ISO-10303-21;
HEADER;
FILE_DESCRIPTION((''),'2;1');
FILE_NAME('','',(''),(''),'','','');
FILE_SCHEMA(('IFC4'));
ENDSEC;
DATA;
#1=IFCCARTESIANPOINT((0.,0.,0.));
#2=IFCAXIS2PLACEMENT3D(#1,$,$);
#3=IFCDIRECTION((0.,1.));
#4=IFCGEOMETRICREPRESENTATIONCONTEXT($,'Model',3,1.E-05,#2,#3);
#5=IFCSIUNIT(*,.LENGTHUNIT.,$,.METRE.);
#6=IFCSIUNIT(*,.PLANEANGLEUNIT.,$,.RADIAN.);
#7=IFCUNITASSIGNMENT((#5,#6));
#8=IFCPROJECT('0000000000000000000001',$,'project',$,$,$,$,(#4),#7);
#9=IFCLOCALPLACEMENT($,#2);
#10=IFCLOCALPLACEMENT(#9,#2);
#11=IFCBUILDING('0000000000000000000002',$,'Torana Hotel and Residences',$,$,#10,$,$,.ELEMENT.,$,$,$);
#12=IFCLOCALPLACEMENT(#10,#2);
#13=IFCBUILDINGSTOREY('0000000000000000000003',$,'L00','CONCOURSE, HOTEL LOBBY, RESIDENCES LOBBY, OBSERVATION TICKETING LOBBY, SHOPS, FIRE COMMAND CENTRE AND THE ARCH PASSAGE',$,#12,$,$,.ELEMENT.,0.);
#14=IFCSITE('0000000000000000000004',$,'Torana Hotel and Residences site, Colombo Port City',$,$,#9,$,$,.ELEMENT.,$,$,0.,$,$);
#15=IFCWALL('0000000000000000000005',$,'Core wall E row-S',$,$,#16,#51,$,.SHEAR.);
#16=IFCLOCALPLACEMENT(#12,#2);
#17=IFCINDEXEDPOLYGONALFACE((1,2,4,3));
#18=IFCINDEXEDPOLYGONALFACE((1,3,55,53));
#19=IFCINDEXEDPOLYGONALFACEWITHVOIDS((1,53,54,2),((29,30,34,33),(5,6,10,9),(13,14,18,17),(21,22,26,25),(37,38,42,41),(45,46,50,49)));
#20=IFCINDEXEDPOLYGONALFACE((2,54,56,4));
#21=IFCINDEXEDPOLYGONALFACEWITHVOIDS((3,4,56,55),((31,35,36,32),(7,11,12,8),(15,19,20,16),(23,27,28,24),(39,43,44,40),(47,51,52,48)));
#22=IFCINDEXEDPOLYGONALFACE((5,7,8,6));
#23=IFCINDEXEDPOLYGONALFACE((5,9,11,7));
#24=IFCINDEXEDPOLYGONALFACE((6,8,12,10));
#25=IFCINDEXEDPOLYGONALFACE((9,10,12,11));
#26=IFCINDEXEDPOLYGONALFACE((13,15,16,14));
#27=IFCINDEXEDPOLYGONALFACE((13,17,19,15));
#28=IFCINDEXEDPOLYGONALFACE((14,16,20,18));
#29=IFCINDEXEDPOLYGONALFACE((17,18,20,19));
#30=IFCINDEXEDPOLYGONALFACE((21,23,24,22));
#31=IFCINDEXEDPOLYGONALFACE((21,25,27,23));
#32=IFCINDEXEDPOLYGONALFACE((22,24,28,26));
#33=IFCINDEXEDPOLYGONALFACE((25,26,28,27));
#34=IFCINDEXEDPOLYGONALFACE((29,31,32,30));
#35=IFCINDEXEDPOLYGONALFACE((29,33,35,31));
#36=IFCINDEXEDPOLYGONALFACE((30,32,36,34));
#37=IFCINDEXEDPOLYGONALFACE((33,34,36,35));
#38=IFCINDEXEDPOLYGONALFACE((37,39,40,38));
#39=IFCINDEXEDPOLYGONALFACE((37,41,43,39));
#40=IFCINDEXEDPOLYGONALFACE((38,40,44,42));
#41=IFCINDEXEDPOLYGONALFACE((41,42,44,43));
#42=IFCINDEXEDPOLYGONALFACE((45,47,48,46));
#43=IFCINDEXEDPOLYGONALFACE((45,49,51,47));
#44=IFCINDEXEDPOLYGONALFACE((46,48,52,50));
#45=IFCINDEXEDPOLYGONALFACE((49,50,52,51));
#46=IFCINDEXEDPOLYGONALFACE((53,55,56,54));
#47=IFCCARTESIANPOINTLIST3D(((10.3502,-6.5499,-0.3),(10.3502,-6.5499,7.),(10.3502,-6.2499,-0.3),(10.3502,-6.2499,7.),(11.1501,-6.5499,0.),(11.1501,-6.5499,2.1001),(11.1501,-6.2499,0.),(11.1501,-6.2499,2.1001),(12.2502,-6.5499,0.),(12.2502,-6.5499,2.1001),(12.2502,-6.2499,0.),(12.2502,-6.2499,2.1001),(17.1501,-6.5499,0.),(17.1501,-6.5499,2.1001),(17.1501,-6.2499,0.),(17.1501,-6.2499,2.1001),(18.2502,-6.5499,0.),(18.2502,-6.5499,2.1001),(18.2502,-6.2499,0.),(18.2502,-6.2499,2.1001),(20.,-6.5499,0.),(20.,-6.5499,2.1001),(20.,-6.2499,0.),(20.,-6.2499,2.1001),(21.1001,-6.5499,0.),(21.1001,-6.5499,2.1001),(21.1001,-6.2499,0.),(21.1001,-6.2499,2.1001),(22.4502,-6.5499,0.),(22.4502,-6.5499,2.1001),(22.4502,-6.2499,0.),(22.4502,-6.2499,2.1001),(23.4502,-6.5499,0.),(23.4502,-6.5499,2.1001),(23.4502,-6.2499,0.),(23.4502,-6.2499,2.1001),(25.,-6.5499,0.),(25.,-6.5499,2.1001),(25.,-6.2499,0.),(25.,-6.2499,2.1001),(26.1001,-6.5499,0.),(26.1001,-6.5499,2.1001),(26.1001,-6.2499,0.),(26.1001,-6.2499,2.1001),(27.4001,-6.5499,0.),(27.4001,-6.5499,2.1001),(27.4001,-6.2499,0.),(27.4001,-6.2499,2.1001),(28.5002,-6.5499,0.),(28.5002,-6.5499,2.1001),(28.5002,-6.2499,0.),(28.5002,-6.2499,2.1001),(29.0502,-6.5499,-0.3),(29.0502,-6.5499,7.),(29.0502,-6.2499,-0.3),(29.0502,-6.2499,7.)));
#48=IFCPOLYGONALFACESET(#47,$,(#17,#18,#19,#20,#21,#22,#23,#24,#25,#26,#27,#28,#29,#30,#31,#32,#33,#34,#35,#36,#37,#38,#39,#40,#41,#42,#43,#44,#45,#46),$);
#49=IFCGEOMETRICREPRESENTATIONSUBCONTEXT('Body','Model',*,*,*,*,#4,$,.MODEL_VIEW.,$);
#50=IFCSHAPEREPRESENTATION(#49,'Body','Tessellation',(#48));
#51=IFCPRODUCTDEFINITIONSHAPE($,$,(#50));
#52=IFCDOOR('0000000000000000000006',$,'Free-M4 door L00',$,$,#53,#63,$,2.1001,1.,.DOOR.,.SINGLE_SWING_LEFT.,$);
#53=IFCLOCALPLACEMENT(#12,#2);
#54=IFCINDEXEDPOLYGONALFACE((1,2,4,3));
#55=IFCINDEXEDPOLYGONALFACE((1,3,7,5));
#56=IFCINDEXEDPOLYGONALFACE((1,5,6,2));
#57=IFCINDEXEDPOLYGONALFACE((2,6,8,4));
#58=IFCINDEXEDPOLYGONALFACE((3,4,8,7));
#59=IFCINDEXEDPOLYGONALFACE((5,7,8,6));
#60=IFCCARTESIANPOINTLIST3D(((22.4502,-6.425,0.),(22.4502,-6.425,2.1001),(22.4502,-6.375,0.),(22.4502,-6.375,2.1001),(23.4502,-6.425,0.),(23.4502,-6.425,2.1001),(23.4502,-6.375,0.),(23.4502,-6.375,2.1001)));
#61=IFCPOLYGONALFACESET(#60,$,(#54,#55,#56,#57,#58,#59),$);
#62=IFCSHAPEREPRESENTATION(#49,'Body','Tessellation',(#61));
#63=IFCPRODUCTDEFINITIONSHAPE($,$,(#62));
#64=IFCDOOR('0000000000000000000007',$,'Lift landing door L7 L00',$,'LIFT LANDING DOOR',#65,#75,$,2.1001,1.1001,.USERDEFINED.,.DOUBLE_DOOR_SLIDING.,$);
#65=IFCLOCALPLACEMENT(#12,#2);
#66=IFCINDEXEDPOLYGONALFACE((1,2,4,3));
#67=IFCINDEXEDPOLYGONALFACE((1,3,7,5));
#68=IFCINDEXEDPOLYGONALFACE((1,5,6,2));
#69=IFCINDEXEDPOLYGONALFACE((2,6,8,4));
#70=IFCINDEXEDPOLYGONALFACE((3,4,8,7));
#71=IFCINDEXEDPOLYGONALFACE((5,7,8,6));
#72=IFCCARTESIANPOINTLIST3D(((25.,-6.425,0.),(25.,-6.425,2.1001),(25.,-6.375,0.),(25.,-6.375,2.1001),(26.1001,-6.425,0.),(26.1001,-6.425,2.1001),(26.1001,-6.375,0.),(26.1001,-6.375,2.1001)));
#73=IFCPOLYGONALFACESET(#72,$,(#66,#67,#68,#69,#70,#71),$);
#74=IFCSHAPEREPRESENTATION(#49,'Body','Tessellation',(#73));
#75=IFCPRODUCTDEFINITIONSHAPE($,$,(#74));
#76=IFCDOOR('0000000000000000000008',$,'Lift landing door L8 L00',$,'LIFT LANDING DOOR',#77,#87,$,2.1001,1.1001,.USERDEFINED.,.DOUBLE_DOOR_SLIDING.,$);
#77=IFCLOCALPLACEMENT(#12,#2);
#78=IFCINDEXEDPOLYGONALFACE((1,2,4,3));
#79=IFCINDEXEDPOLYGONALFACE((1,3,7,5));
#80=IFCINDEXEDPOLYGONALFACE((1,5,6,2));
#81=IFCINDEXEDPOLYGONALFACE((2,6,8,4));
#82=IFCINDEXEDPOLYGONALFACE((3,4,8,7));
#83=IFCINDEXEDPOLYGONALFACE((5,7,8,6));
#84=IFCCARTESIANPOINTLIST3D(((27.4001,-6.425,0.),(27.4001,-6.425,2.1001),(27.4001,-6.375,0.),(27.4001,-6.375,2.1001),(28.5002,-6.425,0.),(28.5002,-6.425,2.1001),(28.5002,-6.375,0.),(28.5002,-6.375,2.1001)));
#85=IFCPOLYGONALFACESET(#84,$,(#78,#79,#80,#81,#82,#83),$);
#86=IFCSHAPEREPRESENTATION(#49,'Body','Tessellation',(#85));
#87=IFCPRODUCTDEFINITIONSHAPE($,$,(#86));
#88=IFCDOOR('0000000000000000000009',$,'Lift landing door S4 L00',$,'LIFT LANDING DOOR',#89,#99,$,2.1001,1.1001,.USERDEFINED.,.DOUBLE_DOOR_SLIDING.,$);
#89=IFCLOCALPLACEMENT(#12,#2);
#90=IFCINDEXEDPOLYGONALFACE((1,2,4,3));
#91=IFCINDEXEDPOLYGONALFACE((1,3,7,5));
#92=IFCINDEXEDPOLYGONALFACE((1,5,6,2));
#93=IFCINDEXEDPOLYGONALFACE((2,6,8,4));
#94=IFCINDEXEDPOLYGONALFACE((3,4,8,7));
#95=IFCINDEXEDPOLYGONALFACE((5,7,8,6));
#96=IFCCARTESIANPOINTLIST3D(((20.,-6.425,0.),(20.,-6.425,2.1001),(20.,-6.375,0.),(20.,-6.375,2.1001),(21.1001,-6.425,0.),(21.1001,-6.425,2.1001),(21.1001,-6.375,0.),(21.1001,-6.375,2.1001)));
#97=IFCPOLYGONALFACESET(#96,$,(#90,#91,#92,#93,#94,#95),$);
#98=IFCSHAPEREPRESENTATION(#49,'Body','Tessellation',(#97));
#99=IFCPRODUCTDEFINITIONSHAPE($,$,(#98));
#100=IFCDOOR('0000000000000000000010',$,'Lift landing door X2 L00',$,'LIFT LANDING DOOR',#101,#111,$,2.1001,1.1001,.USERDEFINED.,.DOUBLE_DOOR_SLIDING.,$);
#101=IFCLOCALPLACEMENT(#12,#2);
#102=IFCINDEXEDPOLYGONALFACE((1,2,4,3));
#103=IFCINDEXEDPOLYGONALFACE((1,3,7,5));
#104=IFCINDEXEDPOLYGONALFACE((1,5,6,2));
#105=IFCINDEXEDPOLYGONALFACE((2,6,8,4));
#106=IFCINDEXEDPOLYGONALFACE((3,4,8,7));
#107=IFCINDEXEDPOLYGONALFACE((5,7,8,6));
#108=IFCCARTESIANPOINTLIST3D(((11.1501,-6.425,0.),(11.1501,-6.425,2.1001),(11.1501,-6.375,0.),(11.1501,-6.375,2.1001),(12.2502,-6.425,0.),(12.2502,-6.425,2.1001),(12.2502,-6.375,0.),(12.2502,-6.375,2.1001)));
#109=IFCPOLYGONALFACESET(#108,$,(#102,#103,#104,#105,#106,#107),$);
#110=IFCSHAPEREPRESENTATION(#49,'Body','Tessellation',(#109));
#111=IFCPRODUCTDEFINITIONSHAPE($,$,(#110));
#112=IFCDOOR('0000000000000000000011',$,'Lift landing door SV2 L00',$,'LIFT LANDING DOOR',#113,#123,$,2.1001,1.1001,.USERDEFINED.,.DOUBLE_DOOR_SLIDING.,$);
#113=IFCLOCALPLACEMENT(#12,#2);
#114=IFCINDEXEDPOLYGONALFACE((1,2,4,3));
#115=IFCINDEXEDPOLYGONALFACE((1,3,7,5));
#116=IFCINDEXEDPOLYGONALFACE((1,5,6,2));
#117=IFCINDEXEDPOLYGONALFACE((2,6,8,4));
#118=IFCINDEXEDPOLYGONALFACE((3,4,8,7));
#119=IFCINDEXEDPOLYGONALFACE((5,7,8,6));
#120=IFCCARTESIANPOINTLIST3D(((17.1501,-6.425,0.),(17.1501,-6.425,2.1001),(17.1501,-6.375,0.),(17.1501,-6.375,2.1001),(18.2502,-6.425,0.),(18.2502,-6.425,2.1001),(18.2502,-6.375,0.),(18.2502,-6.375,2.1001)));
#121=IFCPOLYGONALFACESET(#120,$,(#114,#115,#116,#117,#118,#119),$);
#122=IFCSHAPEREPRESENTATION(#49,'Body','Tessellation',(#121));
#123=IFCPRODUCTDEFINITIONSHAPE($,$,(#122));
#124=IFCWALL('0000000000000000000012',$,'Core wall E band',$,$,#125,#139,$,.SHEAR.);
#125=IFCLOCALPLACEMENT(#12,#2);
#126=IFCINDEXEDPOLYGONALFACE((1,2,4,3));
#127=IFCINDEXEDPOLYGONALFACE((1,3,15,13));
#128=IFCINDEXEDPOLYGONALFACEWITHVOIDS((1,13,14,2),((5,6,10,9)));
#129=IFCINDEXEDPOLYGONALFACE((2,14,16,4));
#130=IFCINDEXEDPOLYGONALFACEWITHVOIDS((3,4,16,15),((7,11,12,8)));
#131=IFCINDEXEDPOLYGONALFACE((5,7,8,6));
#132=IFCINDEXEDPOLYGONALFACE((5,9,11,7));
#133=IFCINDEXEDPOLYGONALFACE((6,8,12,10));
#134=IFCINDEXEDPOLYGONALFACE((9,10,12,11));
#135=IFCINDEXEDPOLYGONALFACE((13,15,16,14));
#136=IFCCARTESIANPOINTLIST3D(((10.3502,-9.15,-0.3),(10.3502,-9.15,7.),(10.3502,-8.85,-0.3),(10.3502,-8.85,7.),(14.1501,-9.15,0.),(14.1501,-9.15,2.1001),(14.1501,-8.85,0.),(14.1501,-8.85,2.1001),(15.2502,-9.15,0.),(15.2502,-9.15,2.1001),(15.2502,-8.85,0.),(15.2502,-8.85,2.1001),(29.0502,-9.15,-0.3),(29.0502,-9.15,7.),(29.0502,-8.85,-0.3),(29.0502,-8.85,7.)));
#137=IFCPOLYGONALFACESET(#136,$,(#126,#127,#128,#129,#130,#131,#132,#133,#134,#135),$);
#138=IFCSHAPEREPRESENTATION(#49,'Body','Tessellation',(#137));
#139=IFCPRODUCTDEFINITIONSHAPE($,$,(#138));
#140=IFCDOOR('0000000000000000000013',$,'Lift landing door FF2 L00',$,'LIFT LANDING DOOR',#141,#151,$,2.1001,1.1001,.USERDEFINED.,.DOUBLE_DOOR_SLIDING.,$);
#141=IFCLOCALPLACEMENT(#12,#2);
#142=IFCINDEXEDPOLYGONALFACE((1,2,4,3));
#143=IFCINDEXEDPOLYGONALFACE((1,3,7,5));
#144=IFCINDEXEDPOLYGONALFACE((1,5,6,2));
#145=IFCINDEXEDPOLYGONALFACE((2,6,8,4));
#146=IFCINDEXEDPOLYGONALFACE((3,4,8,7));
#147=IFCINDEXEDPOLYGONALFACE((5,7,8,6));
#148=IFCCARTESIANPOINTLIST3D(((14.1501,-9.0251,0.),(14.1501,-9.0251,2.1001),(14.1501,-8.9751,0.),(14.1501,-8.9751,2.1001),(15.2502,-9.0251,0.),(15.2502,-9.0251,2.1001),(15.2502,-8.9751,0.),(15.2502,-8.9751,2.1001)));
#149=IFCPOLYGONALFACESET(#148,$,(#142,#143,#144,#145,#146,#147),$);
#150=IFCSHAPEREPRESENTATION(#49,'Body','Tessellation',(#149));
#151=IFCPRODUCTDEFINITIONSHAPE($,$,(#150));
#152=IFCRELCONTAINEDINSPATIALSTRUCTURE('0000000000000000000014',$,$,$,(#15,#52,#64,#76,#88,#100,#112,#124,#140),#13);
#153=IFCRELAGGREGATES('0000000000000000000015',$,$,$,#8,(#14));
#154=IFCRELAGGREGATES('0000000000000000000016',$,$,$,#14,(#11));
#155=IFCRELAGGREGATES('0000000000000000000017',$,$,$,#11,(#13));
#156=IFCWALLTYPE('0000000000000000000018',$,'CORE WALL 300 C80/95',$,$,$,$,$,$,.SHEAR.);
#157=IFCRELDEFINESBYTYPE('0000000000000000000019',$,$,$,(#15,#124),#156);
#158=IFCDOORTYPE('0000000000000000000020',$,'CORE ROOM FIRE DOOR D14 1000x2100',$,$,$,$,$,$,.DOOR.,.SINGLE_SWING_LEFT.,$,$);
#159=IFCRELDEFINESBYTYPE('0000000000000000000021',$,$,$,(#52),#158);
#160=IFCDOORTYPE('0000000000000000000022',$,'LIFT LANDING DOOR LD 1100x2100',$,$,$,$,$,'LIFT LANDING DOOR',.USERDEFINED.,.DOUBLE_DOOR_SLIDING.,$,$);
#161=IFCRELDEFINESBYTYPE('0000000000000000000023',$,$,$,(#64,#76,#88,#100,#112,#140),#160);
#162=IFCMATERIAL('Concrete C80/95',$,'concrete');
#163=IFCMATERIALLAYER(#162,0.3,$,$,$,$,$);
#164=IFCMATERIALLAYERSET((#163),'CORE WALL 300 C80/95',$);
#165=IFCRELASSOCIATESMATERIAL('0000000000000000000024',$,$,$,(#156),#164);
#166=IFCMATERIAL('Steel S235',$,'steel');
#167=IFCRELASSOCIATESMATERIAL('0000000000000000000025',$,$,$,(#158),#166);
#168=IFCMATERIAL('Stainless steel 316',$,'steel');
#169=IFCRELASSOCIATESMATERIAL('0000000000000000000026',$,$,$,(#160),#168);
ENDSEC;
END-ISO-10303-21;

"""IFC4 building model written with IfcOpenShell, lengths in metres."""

from ifc_helpers import new_model, si_unit, direction, frame, frame_2d, origin, place, context, subcontext, project, spatial, rectangle, extrude, material, layer, layer_set, type_object, element, fill, save


model = new_model("IFC4")

# Units and contexts
model_context = context("Model", 3, precision=1e-05, world=origin(), true_north=direction((0.0, 1.0)))
body_context = subcontext(model_context, "Body", "Model", "MODEL_VIEW")
ifc_project = project(units=[si_unit("LENGTHUNIT", "METRE"), si_unit("PLANEANGLEUNIT", "RADIAN")], contexts=[model_context])

# Site, building, storey
site_placement = place(None, origin())
site = spatial("IfcSite", under=ifc_project, at=site_placement, Name="Torana Hotel and Residences site, Colombo Port City", CompositionType="ELEMENT", RefElevation=0.0)
building_placement = place(site_placement, origin())
building = spatial("IfcBuilding", under=site, at=building_placement, Name="Torana Hotel and Residences", CompositionType="ELEMENT")
storey_placement = place(building_placement, origin())
storey = spatial("IfcBuildingStorey", under=building, at=storey_placement, Name="L00", Description="CONCOURSE, HOTEL LOBBY, RESIDENCES LOBBY, OBSERVATION TICKETING LOBBY, SHOPS, FIRE COMMAND CENTRE AND THE ARCH PASSAGE", CompositionType="ELEMENT", Elevation=0.0)

# Wall, openings, doors
ifc_material_1 = material(Name="Concrete C80/95", Category="concrete")
ifc_layer_1 = layer(ifc_material_1, 0.3)
ifc_layer_set_1 = layer_set([ifc_layer_1], Name="CORE WALL 300 C80/95")
wall_type_1 = type_object("IfcWallType", Name="CORE WALL 300 C80/95", PredefinedType="SHEAR", material=ifc_layer_set_1)
wall_1_placement = place(storey_placement, frame((10.3501, -6.3999, -0.3), z_axis=(0.0, 0.0, 1.0), x_axis=(1.0, 0.0, 0.0)))
wall_1 = element("IfcWall", 1, at=wall_1_placement, inside=storey, type_object=wall_type_1, Name="Core wall E row-S", PredefinedType="SHEAR", context=body_context, shape_type="SweptSolid", body=[
    extrude(rectangle(XDim=18.7, YDim=0.3, at=frame_2d((9.3501, 0.0))), origin(), (0.0, 0.0, 1.0), 7.3),
])
opening_1_placement = place(wall_1_placement, frame((14.6499, 0.0, 0.3)))
opening_1 = element("IfcOpeningElement", 2, at=opening_1_placement, cuts=wall_1, PredefinedType="OPENING", context=body_context, shape_type="SweptSolid", body=[
    extrude(rectangle(XDim=1.1001, YDim=2.1001, at=frame_2d((0.55, 1.05))), frame((0.0, 0.1599, 0.0), z_axis=(0.0, -1.0, 0.0), x_axis=(1.0, 0.0, 0.0)), (0.0, 0.0, 1.0), 0.3201),
])
opening_2_placement = place(wall_1_placement, frame((17.05, 0.0, 0.3)))
opening_2 = element("IfcOpeningElement", 3, at=opening_2_placement, cuts=wall_1, PredefinedType="OPENING", context=body_context, shape_type="SweptSolid", body=[
    extrude(rectangle(XDim=1.1001, YDim=2.1001, at=frame_2d((0.55, 1.05))), frame((0.0, 0.1599, 0.0), z_axis=(0.0, -1.0, 0.0), x_axis=(1.0, 0.0, 0.0)), (0.0, 0.0, 1.0), 0.3201),
])
opening_3_placement = place(wall_1_placement, frame((9.6499, 0.0, 0.3)))
opening_3 = element("IfcOpeningElement", 4, at=opening_3_placement, cuts=wall_1, PredefinedType="OPENING", context=body_context, shape_type="SweptSolid", body=[
    extrude(rectangle(XDim=1.1001, YDim=2.1001, at=frame_2d((0.55, 1.05))), frame((0.0, 0.1599, 0.0), z_axis=(0.0, -1.0, 0.0), x_axis=(1.0, 0.0, 0.0)), (0.0, 0.0, 1.0), 0.3201),
])
opening_4_placement = place(wall_1_placement, frame((0.8, 0.0, 0.3)))
opening_4 = element("IfcOpeningElement", 5, at=opening_4_placement, cuts=wall_1, PredefinedType="OPENING", context=body_context, shape_type="SweptSolid", body=[
    extrude(rectangle(XDim=1.1001, YDim=2.1001, at=frame_2d((0.55, 1.05))), frame((0.0, 0.1599, 0.0), z_axis=(0.0, -1.0, 0.0), x_axis=(1.0, 0.0, 0.0)), (0.0, 0.0, 1.0), 0.3201),
])
opening_5_placement = place(wall_1_placement, frame((6.8, 0.0, 0.3)))
opening_5 = element("IfcOpeningElement", 6, at=opening_5_placement, cuts=wall_1, PredefinedType="OPENING", context=body_context, shape_type="SweptSolid", body=[
    extrude(rectangle(XDim=1.1001, YDim=2.1001, at=frame_2d((0.55, 1.05))), frame((0.0, 0.1599, 0.0), z_axis=(0.0, -1.0, 0.0), x_axis=(1.0, 0.0, 0.0)), (0.0, 0.0, 1.0), 0.3201),
])
opening_6_placement = place(wall_1_placement, frame((12.1001, 0.0, 0.3)))
opening_6 = element("IfcOpeningElement", 7, at=opening_6_placement, cuts=wall_1, PredefinedType="OPENING", context=body_context, shape_type="SweptSolid", body=[
    extrude(rectangle(XDim=1.0, YDim=2.1001, at=frame_2d((0.5, 1.05))), frame((0.0, 0.1599, 0.0), z_axis=(0.0, -1.0, 0.0), x_axis=(1.0, 0.0, 0.0)), (0.0, 0.0, 1.0), 0.3201),
])
ifc_material_2 = material(Name="Steel S235", Category="steel")
door_type_1 = type_object("IfcDoorType", Name="CORE ROOM FIRE DOOR D14 1000x2100", OperationType="SINGLE_SWING_LEFT", PredefinedType="DOOR", material=ifc_material_2)
door_1_placement = place(opening_6_placement, frame((0.5, 0.0, 0.0), z_axis=(0.0, 0.0, 1.0), x_axis=(-1.0, 0.0, 0.0)))
door_1 = element("IfcDoor", 8, at=door_1_placement, inside=storey, type_object=door_type_1, Name="Free-M4 door L00", OperationType="SINGLE_SWING_LEFT", OverallHeight=2.1001, OverallWidth=1.0, PredefinedType="DOOR", context=body_context, shape_type="SweptSolid", body=[
    extrude(rectangle(XDim=1.0, YDim=2.1001, at=frame_2d((0.0, 1.05))), frame((0.0, -0.0249, 0.0), z_axis=(0.0, 1.0, 0.0), x_axis=(-1.0, 0.0, 0.0)), (0.0, 0.0, 1.0), 0.05),
])
fill(opening_6, door_1)
ifc_material_3 = material(Name="Stainless steel 316", Category="steel")
door_type_2 = type_object("IfcDoorType", Name="LIFT LANDING DOOR LD 1100x2100", ElementType="LIFT LANDING DOOR", OperationType="DOUBLE_DOOR_SLIDING", PredefinedType="USERDEFINED", material=ifc_material_3)
door_2_placement = place(opening_1_placement, origin())
door_2 = element("IfcDoor", 9, at=door_2_placement, inside=storey, type_object=door_type_2, Name="Lift landing door L7 L00", ObjectType="LIFT LANDING DOOR", OperationType="DOUBLE_DOOR_SLIDING", OverallHeight=2.1001, OverallWidth=1.1001, PredefinedType="USERDEFINED", context=body_context, shape_type="SweptSolid", body=[
    extrude(rectangle(XDim=1.1001, YDim=2.1001, at=frame_2d((0.55, 1.05))), frame((0.0, 0.0249, 0.0), z_axis=(0.0, -1.0, 0.0), x_axis=(1.0, 0.0, 0.0)), (0.0, 0.0, 1.0), 0.05),
])
fill(opening_1, door_2)
door_3_placement = place(opening_2_placement, origin())
door_3 = element("IfcDoor", 10, at=door_3_placement, inside=storey, type_object=door_type_2, Name="Lift landing door L8 L00", ObjectType="LIFT LANDING DOOR", OperationType="DOUBLE_DOOR_SLIDING", OverallHeight=2.1001, OverallWidth=1.1001, PredefinedType="USERDEFINED", context=body_context, shape_type="SweptSolid", body=[
    extrude(rectangle(XDim=1.1001, YDim=2.1001, at=frame_2d((0.55, 1.05))), frame((0.0, 0.0249, 0.0), z_axis=(0.0, -1.0, 0.0), x_axis=(1.0, 0.0, 0.0)), (0.0, 0.0, 1.0), 0.05),
])
fill(opening_2, door_3)
door_4_placement = place(opening_3_placement, origin())
door_4 = element("IfcDoor", 11, at=door_4_placement, inside=storey, type_object=door_type_2, Name="Lift landing door S4 L00", ObjectType="LIFT LANDING DOOR", OperationType="DOUBLE_DOOR_SLIDING", OverallHeight=2.1001, OverallWidth=1.1001, PredefinedType="USERDEFINED", context=body_context, shape_type="SweptSolid", body=[
    extrude(rectangle(XDim=1.1001, YDim=2.1001, at=frame_2d((0.55, 1.05))), frame((0.0, 0.0249, 0.0), z_axis=(0.0, -1.0, 0.0), x_axis=(1.0, 0.0, 0.0)), (0.0, 0.0, 1.0), 0.05),
])
fill(opening_3, door_4)
door_5_placement = place(opening_4_placement, origin())
door_5 = element("IfcDoor", 12, at=door_5_placement, inside=storey, type_object=door_type_2, Name="Lift landing door X2 L00", ObjectType="LIFT LANDING DOOR", OperationType="DOUBLE_DOOR_SLIDING", OverallHeight=2.1001, OverallWidth=1.1001, PredefinedType="USERDEFINED", context=body_context, shape_type="SweptSolid", body=[
    extrude(rectangle(XDim=1.1001, YDim=2.1001, at=frame_2d((0.55, 1.05))), frame((0.0, 0.0249, 0.0), z_axis=(0.0, -1.0, 0.0), x_axis=(1.0, 0.0, 0.0)), (0.0, 0.0, 1.0), 0.05),
])
fill(opening_4, door_5)
door_6_placement = place(opening_5_placement, origin())
door_6 = element("IfcDoor", 13, at=door_6_placement, inside=storey, type_object=door_type_2, Name="Lift landing door SV2 L00", ObjectType="LIFT LANDING DOOR", OperationType="DOUBLE_DOOR_SLIDING", OverallHeight=2.1001, OverallWidth=1.1001, PredefinedType="USERDEFINED", context=body_context, shape_type="SweptSolid", body=[
    extrude(rectangle(XDim=1.1001, YDim=2.1001, at=frame_2d((0.55, 1.05))), frame((0.0, 0.0249, 0.0), z_axis=(0.0, -1.0, 0.0), x_axis=(1.0, 0.0, 0.0)), (0.0, 0.0, 1.0), 0.05),
])
fill(opening_5, door_6)

# Wall, opening, door
wall_2_placement = place(storey_placement, frame((10.3501, -9.0, -0.3), z_axis=(0.0, 0.0, 1.0), x_axis=(1.0, 0.0, 0.0)))
wall_2 = element("IfcWall", 14, at=wall_2_placement, inside=storey, type_object=wall_type_1, Name="Core wall E band", PredefinedType="SHEAR", context=body_context, shape_type="SweptSolid", body=[
    extrude(rectangle(XDim=18.7, YDim=0.3, at=frame_2d((9.3501, 0.0))), origin(), (0.0, 0.0, 1.0), 7.3),
])
opening_7_placement = place(wall_2_placement, frame((3.8, 0.0, 0.3)))
opening_7 = element("IfcOpeningElement", 15, at=opening_7_placement, cuts=wall_2, PredefinedType="OPENING", context=body_context, shape_type="SweptSolid", body=[
    extrude(rectangle(XDim=1.1001, YDim=2.1001, at=frame_2d((0.55, 1.05))), frame((0.0, 0.1599, 0.0), z_axis=(0.0, -1.0, 0.0), x_axis=(1.0, 0.0, 0.0)), (0.0, 0.0, 1.0), 0.3201),
])
door_7_placement = place(opening_7_placement, origin())
door_7 = element("IfcDoor", 16, at=door_7_placement, inside=storey, type_object=door_type_2, Name="Lift landing door FF2 L00", ObjectType="LIFT LANDING DOOR", OperationType="DOUBLE_DOOR_SLIDING", OverallHeight=2.1001, OverallWidth=1.1001, PredefinedType="USERDEFINED", context=body_context, shape_type="SweptSolid", body=[
    extrude(rectangle(XDim=1.1001, YDim=2.1001, at=frame_2d((0.55, 1.05))), frame((0.0, 0.0249, 0.0), z_axis=(0.0, -1.0, 0.0), x_axis=(1.0, 0.0, 0.0)), (0.0, 0.0, 1.0), 0.05),
])
fill(opening_7, door_7)

save(model, "model.ifc")
